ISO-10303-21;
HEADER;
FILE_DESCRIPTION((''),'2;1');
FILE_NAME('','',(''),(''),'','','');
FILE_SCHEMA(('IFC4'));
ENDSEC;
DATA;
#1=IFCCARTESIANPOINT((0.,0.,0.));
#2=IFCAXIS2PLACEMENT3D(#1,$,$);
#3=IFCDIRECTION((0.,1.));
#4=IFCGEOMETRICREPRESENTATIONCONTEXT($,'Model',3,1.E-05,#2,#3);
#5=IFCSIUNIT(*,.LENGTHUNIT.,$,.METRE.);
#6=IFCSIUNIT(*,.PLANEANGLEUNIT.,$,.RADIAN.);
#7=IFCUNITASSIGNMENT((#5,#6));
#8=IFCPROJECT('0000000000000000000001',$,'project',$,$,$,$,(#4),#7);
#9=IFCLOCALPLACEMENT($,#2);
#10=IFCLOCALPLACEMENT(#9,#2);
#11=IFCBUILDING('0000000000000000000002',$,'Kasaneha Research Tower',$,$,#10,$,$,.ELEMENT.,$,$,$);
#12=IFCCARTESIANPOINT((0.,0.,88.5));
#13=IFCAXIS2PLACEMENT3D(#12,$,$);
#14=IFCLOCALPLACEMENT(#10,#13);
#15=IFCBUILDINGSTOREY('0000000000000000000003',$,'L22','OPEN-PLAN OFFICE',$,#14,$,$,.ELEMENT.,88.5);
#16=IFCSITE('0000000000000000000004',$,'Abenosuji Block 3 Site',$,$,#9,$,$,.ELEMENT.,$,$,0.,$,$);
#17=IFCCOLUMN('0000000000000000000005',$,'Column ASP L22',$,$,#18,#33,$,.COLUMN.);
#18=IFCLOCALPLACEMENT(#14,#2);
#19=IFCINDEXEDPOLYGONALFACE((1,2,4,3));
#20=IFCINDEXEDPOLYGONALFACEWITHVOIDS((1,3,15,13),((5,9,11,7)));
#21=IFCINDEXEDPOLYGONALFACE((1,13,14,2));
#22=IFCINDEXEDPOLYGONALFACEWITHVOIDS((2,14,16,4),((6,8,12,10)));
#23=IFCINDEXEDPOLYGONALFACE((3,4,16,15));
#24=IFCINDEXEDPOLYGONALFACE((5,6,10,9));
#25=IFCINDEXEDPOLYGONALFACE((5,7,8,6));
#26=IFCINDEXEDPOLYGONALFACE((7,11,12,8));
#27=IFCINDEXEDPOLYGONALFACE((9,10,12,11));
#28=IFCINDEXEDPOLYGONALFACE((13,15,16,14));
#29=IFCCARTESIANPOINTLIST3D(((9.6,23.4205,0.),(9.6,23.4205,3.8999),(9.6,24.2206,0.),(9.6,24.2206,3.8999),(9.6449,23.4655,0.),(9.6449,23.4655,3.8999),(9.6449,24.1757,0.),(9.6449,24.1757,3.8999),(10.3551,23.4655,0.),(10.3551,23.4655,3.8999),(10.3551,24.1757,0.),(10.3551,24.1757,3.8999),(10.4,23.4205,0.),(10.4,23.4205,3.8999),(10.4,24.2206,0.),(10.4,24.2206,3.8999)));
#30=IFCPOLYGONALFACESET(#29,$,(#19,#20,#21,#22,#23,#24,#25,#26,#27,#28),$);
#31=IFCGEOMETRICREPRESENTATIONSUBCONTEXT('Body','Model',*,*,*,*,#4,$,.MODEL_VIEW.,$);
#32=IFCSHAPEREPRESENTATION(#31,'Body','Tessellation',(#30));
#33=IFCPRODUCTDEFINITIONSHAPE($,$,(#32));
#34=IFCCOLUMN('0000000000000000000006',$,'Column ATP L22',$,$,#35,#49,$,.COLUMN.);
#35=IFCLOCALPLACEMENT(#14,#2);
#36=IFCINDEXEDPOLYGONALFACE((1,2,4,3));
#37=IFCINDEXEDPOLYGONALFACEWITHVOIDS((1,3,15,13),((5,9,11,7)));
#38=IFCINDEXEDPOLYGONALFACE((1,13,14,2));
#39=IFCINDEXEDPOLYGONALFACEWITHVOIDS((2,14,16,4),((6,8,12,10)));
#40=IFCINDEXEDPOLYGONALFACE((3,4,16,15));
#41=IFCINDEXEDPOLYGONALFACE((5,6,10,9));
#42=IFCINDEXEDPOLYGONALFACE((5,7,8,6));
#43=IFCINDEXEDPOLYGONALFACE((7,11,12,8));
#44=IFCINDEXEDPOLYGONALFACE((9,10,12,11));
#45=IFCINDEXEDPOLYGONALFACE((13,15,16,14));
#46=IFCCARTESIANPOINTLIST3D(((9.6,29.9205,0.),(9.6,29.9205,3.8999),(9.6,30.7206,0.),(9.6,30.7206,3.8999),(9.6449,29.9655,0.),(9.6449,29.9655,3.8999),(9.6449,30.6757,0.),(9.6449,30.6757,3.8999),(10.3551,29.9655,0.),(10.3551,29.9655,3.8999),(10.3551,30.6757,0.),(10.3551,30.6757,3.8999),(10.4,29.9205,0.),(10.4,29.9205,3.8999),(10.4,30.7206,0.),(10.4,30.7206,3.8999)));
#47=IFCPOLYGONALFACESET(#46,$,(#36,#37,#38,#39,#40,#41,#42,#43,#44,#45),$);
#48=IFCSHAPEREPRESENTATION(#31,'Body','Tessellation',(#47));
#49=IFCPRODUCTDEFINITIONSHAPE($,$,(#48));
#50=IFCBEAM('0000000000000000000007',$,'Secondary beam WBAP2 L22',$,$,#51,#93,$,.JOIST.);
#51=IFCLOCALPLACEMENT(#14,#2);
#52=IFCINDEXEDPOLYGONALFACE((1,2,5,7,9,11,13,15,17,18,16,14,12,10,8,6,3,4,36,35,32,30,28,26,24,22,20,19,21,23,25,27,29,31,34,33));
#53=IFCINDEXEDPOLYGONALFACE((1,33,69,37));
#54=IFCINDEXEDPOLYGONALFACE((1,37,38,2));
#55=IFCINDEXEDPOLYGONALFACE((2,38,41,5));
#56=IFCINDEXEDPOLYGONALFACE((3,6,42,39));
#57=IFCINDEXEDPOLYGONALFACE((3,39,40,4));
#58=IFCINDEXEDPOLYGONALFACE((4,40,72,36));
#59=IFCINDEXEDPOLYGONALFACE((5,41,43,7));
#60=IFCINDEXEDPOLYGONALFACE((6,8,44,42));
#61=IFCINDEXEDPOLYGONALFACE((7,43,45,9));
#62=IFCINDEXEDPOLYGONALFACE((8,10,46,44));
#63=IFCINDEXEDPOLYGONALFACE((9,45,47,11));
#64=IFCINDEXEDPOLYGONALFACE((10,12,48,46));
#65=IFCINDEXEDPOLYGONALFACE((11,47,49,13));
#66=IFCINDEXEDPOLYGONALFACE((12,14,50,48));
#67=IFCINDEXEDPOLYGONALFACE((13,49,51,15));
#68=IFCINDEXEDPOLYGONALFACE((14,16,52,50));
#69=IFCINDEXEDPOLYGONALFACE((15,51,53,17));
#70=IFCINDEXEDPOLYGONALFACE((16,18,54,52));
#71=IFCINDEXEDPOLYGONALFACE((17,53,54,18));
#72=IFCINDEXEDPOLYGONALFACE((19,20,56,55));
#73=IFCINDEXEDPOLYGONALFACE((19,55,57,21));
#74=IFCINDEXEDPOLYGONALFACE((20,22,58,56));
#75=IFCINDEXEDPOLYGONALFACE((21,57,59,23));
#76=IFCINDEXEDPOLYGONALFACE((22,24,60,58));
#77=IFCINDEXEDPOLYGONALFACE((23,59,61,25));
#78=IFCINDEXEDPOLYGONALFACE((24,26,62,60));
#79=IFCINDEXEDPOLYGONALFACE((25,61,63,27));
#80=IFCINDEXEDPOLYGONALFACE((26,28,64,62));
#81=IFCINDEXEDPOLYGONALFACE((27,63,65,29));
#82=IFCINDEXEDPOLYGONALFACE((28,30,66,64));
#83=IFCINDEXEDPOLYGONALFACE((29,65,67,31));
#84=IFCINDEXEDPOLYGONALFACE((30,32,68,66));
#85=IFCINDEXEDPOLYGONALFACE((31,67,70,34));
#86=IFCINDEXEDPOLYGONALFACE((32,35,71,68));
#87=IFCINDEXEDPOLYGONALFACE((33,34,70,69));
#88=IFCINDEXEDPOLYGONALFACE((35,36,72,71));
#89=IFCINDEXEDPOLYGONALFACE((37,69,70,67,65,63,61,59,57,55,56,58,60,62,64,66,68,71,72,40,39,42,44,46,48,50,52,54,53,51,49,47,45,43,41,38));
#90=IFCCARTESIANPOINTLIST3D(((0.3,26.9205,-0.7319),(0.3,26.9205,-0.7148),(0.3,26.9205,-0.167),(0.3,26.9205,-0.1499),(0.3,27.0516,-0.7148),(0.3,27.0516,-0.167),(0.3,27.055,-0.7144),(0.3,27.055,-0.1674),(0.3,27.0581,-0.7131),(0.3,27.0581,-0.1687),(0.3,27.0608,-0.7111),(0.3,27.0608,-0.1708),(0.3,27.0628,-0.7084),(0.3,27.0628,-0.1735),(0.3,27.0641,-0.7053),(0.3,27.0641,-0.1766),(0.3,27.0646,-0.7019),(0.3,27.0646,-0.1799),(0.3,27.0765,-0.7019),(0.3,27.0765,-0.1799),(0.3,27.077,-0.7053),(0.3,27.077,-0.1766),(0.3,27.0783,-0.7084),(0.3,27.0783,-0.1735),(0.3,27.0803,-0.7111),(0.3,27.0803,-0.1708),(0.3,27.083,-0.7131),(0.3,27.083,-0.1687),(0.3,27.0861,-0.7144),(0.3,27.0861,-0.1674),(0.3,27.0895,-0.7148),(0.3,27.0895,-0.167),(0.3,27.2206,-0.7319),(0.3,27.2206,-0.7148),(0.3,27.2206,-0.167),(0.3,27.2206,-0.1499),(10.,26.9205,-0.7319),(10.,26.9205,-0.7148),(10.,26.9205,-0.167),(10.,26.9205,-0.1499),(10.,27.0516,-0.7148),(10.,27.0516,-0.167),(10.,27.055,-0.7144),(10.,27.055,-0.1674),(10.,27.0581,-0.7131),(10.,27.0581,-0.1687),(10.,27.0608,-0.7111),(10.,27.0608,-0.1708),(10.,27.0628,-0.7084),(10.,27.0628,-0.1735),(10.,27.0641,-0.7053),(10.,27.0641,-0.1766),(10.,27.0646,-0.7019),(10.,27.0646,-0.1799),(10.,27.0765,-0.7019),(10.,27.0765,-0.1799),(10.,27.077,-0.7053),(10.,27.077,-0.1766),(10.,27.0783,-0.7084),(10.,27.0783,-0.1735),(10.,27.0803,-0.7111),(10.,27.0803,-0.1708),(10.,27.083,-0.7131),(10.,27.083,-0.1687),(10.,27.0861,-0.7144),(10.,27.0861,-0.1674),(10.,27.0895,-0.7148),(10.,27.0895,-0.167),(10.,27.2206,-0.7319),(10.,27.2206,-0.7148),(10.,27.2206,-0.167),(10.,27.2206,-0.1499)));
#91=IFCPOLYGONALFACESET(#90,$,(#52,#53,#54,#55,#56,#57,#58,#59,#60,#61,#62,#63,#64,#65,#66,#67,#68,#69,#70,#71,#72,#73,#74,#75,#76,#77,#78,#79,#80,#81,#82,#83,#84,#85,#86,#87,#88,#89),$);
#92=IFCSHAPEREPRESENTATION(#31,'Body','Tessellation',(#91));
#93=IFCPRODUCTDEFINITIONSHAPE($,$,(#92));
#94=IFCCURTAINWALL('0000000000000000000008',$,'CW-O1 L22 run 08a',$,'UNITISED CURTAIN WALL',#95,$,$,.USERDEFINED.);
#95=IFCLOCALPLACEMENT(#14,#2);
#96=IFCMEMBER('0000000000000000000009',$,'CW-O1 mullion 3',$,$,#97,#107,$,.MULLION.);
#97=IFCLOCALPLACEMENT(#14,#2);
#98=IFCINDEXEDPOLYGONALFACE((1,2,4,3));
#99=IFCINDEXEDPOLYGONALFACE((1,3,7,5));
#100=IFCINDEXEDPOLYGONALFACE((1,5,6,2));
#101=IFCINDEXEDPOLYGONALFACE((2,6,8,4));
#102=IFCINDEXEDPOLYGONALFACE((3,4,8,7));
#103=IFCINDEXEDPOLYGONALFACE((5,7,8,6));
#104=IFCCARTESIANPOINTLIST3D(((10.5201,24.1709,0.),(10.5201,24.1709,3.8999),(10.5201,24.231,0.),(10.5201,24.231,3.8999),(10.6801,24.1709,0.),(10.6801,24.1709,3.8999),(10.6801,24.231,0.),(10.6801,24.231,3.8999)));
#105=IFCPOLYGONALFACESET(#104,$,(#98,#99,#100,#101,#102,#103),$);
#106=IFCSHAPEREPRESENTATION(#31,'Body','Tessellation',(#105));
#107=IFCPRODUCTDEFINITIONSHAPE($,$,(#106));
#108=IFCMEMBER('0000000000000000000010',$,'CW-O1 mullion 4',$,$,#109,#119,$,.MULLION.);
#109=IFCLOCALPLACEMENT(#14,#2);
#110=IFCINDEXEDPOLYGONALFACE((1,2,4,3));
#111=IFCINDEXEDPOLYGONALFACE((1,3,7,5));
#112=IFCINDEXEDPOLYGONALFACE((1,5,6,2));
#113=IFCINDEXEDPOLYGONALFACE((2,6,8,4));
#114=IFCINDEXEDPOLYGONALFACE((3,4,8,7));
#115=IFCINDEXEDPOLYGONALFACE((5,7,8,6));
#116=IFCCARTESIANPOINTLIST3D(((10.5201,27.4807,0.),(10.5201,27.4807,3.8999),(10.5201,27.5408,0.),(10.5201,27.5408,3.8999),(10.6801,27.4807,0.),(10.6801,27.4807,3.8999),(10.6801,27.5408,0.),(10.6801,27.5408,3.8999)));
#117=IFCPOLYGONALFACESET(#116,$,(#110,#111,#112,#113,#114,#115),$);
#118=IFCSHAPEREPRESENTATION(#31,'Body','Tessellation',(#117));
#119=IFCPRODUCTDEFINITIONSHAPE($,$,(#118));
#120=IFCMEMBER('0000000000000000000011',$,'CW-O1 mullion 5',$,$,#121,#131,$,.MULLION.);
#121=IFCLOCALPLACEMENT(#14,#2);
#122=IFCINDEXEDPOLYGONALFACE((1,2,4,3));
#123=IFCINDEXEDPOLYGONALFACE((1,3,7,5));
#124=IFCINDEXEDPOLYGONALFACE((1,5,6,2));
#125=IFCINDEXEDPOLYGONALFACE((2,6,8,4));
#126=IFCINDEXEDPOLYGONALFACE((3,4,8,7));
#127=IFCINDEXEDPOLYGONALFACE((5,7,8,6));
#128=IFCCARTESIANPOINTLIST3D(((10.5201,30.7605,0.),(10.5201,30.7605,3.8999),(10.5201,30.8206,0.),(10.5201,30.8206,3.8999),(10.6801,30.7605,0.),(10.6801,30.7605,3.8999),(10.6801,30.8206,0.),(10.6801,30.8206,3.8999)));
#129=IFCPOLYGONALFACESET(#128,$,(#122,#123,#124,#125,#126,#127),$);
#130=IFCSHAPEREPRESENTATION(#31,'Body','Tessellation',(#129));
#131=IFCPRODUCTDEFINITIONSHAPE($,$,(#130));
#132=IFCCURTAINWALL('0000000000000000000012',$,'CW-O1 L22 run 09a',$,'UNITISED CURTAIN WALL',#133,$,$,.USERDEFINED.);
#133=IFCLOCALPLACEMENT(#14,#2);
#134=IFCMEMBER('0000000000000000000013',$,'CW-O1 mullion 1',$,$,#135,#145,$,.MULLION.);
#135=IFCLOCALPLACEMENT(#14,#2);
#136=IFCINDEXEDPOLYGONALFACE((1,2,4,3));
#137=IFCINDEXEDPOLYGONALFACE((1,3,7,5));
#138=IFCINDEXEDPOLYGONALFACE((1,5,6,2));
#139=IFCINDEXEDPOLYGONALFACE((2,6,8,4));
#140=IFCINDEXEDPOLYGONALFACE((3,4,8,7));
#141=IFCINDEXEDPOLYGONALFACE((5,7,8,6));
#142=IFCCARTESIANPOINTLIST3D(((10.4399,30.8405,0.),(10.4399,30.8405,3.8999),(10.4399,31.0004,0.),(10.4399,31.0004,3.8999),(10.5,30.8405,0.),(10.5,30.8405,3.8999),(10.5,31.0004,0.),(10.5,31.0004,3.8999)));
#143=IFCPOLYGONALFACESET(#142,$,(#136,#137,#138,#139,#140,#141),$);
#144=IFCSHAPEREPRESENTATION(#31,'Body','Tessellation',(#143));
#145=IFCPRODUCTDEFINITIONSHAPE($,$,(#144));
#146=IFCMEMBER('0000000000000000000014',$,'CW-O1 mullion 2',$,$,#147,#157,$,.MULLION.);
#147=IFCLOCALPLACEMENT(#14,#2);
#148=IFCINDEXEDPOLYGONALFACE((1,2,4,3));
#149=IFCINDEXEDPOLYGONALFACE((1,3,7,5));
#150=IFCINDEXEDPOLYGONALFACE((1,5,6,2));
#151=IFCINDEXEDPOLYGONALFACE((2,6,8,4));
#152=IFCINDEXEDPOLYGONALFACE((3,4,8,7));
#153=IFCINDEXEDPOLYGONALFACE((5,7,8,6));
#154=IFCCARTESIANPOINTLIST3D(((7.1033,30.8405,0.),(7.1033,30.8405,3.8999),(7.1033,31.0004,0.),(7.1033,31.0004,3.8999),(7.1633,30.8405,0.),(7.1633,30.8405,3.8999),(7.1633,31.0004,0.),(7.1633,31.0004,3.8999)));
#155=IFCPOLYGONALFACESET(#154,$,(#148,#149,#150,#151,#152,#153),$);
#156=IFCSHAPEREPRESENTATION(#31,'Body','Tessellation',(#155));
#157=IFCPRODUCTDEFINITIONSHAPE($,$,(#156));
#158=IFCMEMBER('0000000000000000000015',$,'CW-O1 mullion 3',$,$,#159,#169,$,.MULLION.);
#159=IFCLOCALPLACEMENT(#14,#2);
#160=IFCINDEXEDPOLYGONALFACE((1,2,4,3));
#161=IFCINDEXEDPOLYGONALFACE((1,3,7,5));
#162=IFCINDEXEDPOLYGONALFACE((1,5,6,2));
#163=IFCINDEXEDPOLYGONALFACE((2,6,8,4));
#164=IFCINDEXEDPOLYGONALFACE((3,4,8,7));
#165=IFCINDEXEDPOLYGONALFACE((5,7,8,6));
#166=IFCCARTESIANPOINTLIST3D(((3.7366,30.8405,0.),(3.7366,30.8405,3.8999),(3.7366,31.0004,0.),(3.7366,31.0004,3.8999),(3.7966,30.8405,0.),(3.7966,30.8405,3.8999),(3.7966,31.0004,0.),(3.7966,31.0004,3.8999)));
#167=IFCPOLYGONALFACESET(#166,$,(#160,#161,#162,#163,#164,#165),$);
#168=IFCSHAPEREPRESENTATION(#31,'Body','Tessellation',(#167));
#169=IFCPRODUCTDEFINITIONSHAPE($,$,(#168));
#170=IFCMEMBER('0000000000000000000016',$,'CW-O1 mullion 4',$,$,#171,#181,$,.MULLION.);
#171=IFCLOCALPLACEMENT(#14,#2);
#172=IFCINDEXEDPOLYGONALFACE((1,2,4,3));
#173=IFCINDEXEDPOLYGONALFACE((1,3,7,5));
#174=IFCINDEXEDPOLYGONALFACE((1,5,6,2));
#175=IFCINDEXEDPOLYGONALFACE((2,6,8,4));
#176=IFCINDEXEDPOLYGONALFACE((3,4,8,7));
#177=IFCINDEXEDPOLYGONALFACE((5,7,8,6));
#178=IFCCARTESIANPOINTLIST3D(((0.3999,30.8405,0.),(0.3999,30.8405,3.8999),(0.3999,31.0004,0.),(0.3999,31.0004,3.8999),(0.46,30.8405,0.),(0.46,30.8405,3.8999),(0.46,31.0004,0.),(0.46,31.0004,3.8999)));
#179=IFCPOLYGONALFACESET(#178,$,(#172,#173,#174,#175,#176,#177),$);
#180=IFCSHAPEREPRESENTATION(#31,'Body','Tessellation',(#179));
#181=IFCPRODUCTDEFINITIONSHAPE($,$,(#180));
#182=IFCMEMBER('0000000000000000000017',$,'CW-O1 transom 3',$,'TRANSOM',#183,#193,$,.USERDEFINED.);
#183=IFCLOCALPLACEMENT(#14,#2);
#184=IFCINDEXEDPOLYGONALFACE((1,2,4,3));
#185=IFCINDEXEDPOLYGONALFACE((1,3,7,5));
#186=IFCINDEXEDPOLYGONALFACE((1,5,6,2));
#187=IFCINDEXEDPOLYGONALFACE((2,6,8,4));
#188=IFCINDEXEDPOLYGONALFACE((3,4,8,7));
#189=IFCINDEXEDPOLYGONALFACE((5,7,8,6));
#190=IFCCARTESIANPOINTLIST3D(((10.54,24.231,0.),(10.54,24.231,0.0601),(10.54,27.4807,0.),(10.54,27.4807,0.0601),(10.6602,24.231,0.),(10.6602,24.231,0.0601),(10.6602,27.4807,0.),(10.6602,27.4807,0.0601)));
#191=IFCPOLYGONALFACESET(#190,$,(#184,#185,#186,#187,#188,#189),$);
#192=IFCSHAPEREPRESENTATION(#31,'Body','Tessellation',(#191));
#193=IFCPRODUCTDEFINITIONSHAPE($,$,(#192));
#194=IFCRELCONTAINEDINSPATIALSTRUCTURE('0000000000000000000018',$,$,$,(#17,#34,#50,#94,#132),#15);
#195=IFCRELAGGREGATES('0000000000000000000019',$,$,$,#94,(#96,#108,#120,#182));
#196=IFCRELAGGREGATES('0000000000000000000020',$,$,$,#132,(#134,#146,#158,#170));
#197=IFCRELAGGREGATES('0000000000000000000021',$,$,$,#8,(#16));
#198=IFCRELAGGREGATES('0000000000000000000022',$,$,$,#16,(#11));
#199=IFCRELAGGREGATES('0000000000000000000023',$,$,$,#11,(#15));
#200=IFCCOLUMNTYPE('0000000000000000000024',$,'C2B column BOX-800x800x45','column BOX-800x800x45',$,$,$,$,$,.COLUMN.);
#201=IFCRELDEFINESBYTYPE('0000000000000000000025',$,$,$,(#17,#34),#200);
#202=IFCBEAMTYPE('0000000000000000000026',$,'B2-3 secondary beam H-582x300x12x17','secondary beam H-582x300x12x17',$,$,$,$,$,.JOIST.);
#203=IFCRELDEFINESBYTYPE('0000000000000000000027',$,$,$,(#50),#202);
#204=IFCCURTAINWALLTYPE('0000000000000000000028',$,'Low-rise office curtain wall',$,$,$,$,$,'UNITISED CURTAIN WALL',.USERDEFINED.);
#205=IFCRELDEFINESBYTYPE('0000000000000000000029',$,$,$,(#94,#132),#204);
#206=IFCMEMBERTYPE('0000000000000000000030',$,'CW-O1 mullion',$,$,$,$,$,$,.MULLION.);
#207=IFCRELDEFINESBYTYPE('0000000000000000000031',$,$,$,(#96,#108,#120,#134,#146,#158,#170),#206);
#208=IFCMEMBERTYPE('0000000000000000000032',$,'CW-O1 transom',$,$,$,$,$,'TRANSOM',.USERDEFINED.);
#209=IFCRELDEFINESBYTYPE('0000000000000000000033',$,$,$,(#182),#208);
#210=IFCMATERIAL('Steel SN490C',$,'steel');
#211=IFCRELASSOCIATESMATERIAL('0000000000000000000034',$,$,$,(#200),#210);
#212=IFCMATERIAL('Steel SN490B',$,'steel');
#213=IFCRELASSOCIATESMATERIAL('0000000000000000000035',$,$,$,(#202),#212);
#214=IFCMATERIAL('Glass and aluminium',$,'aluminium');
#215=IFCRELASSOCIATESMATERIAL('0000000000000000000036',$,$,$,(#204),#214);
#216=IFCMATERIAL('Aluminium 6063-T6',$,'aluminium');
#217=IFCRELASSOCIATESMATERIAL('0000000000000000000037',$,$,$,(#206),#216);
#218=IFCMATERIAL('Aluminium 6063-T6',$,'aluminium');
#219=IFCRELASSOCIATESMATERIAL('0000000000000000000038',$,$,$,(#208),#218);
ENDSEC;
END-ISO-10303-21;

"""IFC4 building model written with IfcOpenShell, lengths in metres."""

from ifc_helpers import new_model, si_unit, direction, frame, origin, origin_2d, place, context, subcontext, project, spatial, rectangle, hollow_rectangle, i_section, extrude, material, material_profile, profile_set, type_object, element, aggregate, save


model = new_model("IFC4")

# Units and contexts
model_context = context("Model", 3, precision=1e-05, world=origin(), true_north=direction((0.0, 1.0)))
body_context = subcontext(model_context, "Body", "Model", "MODEL_VIEW")
ifc_project = project(units=[si_unit("LENGTHUNIT", "METRE"), si_unit("PLANEANGLEUNIT", "RADIAN")], contexts=[model_context])

# Site, building, storey
site_placement = place(None, origin())
site = spatial("IfcSite", under=ifc_project, at=site_placement, Name="Abenosuji Block 3 Site", CompositionType="ELEMENT", RefElevation=0.0)
building_placement = place(site_placement, origin())
building = spatial("IfcBuilding", under=site, at=building_placement, Name="Kasaneha Research Tower", CompositionType="ELEMENT")
storey_placement = place(building_placement, frame((0.0, 0.0, 88.5)))
storey = spatial("IfcBuildingStorey", under=building, at=storey_placement, Name="L22", Description="OPEN-PLAN OFFICE", CompositionType="ELEMENT", Elevation=88.5)

# Columns
ifc_material_1 = material(Name="Steel SN490C", Category="steel")
ifc_material_profile_1 = material_profile(ifc_material_1, hollow_rectangle(XDim=0.8, YDim=0.8, WallThickness=0.0449, at=origin_2d()), Name="BOX-800x800x45")
ifc_profile_set_1 = profile_set([ifc_material_profile_1], Name="Steel SN490C")
column_type = type_object("IfcColumnType", Name="C2B column BOX-800x800x45", Description="column BOX-800x800x45", PredefinedType="COLUMN", material=ifc_profile_set_1)
for number, where, z_axis, x_axis, name in (
    (1, (10.0, 23.8206, 0.0), (0.0, 0.0, 1.0), (1.0, 0.0, 0.0), "Column ASP L22"),
    (2, (10.0, 30.3206, 0.0), (0.0, 0.0, 1.0), (1.0, 0.0, 0.0), "Column ATP L22"),
):
    element("IfcColumn", number, at=place(storey_placement, frame(where, z_axis=z_axis, x_axis=x_axis)), inside=storey, type_object=column_type, Name=name, PredefinedType="COLUMN", context=body_context, shape_type="SweptSolid", body=[
        extrude(hollow_rectangle(XDim=0.8, YDim=0.8, WallThickness=0.0449, at=origin_2d()), origin(), (0.0, 0.0, 1.0), 3.8999),
    ])

# Beam
ifc_material_2 = material(Name="Steel SN490B", Category="steel")
ifc_material_profile_2 = material_profile(ifc_material_2, i_section(OverallWidth=0.3, OverallDepth=0.582, WebThickness=0.012, FlangeThickness=0.0171, FilletRadius=0.0129, at=origin_2d()), Name="H-582x300x12x17")
ifc_profile_set_2 = profile_set([ifc_material_profile_2], Name="Steel SN490B")
beam_type_1 = type_object("IfcBeamType", Name="B2-3 secondary beam H-582x300x12x17", Description="secondary beam H-582x300x12x17", PredefinedType="JOIST", material=ifc_profile_set_2)
beam_1_placement = place(storey_placement, frame((10.0, 27.0706, -0.4409), z_axis=(-1.0, 0.0, 0.0), x_axis=(0.0, -1.0, 0.0)))
element("IfcBeam", 3, at=beam_1_placement, inside=storey, type_object=beam_type_1, Name="Secondary beam WBAP2 L22", PredefinedType="JOIST", context=body_context, shape_type="SweptSolid", body=[
    extrude(i_section(OverallWidth=0.3, OverallDepth=0.582, WebThickness=0.012, FlangeThickness=0.0171, FilletRadius=0.0129, at=origin_2d()), origin(), (0.0, 0.0, 1.0), 9.7),
])

# Curtain walls, members
ifc_material_3 = material(Name="Glass and aluminium", Category="aluminium")
curtain_wall_type = type_object("IfcCurtainWallType", Name="Low-rise office curtain wall", ElementType="UNITISED CURTAIN WALL", PredefinedType="USERDEFINED", material=ifc_material_3)
curtain_wall_1_placement = place(storey_placement, origin())
curtain_wall_1 = element("IfcCurtainWall", 4, at=curtain_wall_1_placement, inside=storey, type_object=curtain_wall_type, Name="CW-O1 L22 run 08a", ObjectType="UNITISED CURTAIN WALL", PredefinedType="USERDEFINED")
ifc_material_4 = material(Name="Aluminium 6063-T6", Category="aluminium")
ifc_material_profile_3 = material_profile(ifc_material_4, rectangle(XDim=0.0601, YDim=0.1599, at=origin_2d()), Name="CW-O1 mullion 60x160")
ifc_profile_set_3 = profile_set([ifc_material_profile_3], Name="Aluminium 6063-T6")
member_type_1 = type_object("IfcMemberType", Name="CW-O1 mullion", PredefinedType="MULLION", material=ifc_profile_set_3)
member_1_placement = place(storey_placement, frame((10.6001, 24.2009, 0.0), z_axis=(0.0, 0.0, 1.0), x_axis=(0.0, 1.0, 0.0)))
member_1 = element("IfcMember", 5, at=member_1_placement, type_object=member_type_1, Name="CW-O1 mullion 3", PredefinedType="MULLION", context=body_context, shape_type="SweptSolid", body=[
    extrude(rectangle(XDim=0.0601, YDim=0.1599, at=origin_2d()), origin(), (0.0, 0.0, 1.0), 3.8999),
])
member_2_placement = place(storey_placement, frame((10.6001, 27.5107, 0.0), z_axis=(0.0, 0.0, 1.0), x_axis=(0.0, 1.0, 0.0)))
member_2 = element("IfcMember", 6, at=member_2_placement, type_object=member_type_1, Name="CW-O1 mullion 4", PredefinedType="MULLION", context=body_context, shape_type="SweptSolid", body=[
    extrude(rectangle(XDim=0.0601, YDim=0.1599, at=origin_2d()), origin(), (0.0, 0.0, 1.0), 3.8999),
])
member_3_placement = place(storey_placement, frame((10.6001, 30.7905, 0.0), z_axis=(0.0, 0.0, 1.0), x_axis=(0.0, 1.0, 0.0)))
member_3 = element("IfcMember", 7, at=member_3_placement, type_object=member_type_1, Name="CW-O1 mullion 5", PredefinedType="MULLION", context=body_context, shape_type="SweptSolid", body=[
    extrude(rectangle(XDim=0.0601, YDim=0.1599, at=origin_2d()), origin(), (0.0, 0.0, 1.0), 3.8999),
])
curtain_wall_2_placement = place(storey_placement, origin())
curtain_wall_2 = element("IfcCurtainWall", 8, at=curtain_wall_2_placement, inside=storey, type_object=curtain_wall_type, Name="CW-O1 L22 run 09a", ObjectType="UNITISED CURTAIN WALL", PredefinedType="USERDEFINED")
member_4_placement = place(storey_placement, frame((10.47, 30.9204, 0.0), z_axis=(0.0, 0.0, 1.0), x_axis=(-1.0, 0.0, 0.0)))
member_4 = element("IfcMember", 9, at=member_4_placement, type_object=member_type_1, Name="CW-O1 mullion 1", PredefinedType="MULLION", context=body_context, shape_type="SweptSolid", body=[
    extrude(rectangle(XDim=0.0601, YDim=0.1599, at=origin_2d()), origin(), (0.0, 0.0, 1.0), 3.8999),
])
member_5_placement = place(storey_placement, frame((7.1333, 30.9204, 0.0), z_axis=(0.0, 0.0, 1.0), x_axis=(-1.0, 0.0, 0.0)))
member_5 = element("IfcMember", 10, at=member_5_placement, type_object=member_type_1, Name="CW-O1 mullion 2", PredefinedType="MULLION", context=body_context, shape_type="SweptSolid", body=[
    extrude(rectangle(XDim=0.0601, YDim=0.1599, at=origin_2d()), origin(), (0.0, 0.0, 1.0), 3.8999),
])
member_6_placement = place(storey_placement, frame((3.7666, 30.9204, 0.0), z_axis=(0.0, 0.0, 1.0), x_axis=(-1.0, 0.0, 0.0)))
member_6 = element("IfcMember", 11, at=member_6_placement, type_object=member_type_1, Name="CW-O1 mullion 3", PredefinedType="MULLION", context=body_context, shape_type="SweptSolid", body=[
    extrude(rectangle(XDim=0.0601, YDim=0.1599, at=origin_2d()), origin(), (0.0, 0.0, 1.0), 3.8999),
])
member_7_placement = place(storey_placement, frame((0.4299, 30.9204, 0.0), z_axis=(0.0, 0.0, 1.0), x_axis=(-1.0, 0.0, 0.0)))
member_7 = element("IfcMember", 12, at=member_7_placement, type_object=member_type_1, Name="CW-O1 mullion 4", PredefinedType="MULLION", context=body_context, shape_type="SweptSolid", body=[
    extrude(rectangle(XDim=0.0601, YDim=0.1599, at=origin_2d()), origin(), (0.0, 0.0, 1.0), 3.8999),
])

# Member
ifc_material_5 = material(Name="Aluminium 6063-T6", Category="aluminium")
ifc_material_profile_4 = material_profile(ifc_material_5, rectangle(XDim=0.1201, YDim=0.0601, at=origin_2d()), Name="CW-O1 transom 120x60")
ifc_profile_set_4 = profile_set([ifc_material_profile_4], Name="Aluminium 6063-T6")
member_type_2 = type_object("IfcMemberType", Name="CW-O1 transom", ElementType="TRANSOM", PredefinedType="USERDEFINED", material=ifc_profile_set_4)
member_8_placement = place(storey_placement, frame((10.6001, 24.231, 0.03), z_axis=(0.0, 1.0, 0.0), x_axis=(-1.0, 0.0, 0.0)))
member_8 = element("IfcMember", 13, at=member_8_placement, type_object=member_type_2, Name="CW-O1 transom 3", ObjectType="TRANSOM", PredefinedType="USERDEFINED", context=body_context, shape_type="SweptSolid", body=[
    extrude(rectangle(XDim=0.1201, YDim=0.0601, at=origin_2d()), origin(), (0.0, 0.0, 1.0), 3.2498),
])

aggregate(curtain_wall_1, [member_1, member_2, member_3, member_8])
aggregate(curtain_wall_2, [member_4, member_5, member_6, member_7])

save(model, "model.ifc")
